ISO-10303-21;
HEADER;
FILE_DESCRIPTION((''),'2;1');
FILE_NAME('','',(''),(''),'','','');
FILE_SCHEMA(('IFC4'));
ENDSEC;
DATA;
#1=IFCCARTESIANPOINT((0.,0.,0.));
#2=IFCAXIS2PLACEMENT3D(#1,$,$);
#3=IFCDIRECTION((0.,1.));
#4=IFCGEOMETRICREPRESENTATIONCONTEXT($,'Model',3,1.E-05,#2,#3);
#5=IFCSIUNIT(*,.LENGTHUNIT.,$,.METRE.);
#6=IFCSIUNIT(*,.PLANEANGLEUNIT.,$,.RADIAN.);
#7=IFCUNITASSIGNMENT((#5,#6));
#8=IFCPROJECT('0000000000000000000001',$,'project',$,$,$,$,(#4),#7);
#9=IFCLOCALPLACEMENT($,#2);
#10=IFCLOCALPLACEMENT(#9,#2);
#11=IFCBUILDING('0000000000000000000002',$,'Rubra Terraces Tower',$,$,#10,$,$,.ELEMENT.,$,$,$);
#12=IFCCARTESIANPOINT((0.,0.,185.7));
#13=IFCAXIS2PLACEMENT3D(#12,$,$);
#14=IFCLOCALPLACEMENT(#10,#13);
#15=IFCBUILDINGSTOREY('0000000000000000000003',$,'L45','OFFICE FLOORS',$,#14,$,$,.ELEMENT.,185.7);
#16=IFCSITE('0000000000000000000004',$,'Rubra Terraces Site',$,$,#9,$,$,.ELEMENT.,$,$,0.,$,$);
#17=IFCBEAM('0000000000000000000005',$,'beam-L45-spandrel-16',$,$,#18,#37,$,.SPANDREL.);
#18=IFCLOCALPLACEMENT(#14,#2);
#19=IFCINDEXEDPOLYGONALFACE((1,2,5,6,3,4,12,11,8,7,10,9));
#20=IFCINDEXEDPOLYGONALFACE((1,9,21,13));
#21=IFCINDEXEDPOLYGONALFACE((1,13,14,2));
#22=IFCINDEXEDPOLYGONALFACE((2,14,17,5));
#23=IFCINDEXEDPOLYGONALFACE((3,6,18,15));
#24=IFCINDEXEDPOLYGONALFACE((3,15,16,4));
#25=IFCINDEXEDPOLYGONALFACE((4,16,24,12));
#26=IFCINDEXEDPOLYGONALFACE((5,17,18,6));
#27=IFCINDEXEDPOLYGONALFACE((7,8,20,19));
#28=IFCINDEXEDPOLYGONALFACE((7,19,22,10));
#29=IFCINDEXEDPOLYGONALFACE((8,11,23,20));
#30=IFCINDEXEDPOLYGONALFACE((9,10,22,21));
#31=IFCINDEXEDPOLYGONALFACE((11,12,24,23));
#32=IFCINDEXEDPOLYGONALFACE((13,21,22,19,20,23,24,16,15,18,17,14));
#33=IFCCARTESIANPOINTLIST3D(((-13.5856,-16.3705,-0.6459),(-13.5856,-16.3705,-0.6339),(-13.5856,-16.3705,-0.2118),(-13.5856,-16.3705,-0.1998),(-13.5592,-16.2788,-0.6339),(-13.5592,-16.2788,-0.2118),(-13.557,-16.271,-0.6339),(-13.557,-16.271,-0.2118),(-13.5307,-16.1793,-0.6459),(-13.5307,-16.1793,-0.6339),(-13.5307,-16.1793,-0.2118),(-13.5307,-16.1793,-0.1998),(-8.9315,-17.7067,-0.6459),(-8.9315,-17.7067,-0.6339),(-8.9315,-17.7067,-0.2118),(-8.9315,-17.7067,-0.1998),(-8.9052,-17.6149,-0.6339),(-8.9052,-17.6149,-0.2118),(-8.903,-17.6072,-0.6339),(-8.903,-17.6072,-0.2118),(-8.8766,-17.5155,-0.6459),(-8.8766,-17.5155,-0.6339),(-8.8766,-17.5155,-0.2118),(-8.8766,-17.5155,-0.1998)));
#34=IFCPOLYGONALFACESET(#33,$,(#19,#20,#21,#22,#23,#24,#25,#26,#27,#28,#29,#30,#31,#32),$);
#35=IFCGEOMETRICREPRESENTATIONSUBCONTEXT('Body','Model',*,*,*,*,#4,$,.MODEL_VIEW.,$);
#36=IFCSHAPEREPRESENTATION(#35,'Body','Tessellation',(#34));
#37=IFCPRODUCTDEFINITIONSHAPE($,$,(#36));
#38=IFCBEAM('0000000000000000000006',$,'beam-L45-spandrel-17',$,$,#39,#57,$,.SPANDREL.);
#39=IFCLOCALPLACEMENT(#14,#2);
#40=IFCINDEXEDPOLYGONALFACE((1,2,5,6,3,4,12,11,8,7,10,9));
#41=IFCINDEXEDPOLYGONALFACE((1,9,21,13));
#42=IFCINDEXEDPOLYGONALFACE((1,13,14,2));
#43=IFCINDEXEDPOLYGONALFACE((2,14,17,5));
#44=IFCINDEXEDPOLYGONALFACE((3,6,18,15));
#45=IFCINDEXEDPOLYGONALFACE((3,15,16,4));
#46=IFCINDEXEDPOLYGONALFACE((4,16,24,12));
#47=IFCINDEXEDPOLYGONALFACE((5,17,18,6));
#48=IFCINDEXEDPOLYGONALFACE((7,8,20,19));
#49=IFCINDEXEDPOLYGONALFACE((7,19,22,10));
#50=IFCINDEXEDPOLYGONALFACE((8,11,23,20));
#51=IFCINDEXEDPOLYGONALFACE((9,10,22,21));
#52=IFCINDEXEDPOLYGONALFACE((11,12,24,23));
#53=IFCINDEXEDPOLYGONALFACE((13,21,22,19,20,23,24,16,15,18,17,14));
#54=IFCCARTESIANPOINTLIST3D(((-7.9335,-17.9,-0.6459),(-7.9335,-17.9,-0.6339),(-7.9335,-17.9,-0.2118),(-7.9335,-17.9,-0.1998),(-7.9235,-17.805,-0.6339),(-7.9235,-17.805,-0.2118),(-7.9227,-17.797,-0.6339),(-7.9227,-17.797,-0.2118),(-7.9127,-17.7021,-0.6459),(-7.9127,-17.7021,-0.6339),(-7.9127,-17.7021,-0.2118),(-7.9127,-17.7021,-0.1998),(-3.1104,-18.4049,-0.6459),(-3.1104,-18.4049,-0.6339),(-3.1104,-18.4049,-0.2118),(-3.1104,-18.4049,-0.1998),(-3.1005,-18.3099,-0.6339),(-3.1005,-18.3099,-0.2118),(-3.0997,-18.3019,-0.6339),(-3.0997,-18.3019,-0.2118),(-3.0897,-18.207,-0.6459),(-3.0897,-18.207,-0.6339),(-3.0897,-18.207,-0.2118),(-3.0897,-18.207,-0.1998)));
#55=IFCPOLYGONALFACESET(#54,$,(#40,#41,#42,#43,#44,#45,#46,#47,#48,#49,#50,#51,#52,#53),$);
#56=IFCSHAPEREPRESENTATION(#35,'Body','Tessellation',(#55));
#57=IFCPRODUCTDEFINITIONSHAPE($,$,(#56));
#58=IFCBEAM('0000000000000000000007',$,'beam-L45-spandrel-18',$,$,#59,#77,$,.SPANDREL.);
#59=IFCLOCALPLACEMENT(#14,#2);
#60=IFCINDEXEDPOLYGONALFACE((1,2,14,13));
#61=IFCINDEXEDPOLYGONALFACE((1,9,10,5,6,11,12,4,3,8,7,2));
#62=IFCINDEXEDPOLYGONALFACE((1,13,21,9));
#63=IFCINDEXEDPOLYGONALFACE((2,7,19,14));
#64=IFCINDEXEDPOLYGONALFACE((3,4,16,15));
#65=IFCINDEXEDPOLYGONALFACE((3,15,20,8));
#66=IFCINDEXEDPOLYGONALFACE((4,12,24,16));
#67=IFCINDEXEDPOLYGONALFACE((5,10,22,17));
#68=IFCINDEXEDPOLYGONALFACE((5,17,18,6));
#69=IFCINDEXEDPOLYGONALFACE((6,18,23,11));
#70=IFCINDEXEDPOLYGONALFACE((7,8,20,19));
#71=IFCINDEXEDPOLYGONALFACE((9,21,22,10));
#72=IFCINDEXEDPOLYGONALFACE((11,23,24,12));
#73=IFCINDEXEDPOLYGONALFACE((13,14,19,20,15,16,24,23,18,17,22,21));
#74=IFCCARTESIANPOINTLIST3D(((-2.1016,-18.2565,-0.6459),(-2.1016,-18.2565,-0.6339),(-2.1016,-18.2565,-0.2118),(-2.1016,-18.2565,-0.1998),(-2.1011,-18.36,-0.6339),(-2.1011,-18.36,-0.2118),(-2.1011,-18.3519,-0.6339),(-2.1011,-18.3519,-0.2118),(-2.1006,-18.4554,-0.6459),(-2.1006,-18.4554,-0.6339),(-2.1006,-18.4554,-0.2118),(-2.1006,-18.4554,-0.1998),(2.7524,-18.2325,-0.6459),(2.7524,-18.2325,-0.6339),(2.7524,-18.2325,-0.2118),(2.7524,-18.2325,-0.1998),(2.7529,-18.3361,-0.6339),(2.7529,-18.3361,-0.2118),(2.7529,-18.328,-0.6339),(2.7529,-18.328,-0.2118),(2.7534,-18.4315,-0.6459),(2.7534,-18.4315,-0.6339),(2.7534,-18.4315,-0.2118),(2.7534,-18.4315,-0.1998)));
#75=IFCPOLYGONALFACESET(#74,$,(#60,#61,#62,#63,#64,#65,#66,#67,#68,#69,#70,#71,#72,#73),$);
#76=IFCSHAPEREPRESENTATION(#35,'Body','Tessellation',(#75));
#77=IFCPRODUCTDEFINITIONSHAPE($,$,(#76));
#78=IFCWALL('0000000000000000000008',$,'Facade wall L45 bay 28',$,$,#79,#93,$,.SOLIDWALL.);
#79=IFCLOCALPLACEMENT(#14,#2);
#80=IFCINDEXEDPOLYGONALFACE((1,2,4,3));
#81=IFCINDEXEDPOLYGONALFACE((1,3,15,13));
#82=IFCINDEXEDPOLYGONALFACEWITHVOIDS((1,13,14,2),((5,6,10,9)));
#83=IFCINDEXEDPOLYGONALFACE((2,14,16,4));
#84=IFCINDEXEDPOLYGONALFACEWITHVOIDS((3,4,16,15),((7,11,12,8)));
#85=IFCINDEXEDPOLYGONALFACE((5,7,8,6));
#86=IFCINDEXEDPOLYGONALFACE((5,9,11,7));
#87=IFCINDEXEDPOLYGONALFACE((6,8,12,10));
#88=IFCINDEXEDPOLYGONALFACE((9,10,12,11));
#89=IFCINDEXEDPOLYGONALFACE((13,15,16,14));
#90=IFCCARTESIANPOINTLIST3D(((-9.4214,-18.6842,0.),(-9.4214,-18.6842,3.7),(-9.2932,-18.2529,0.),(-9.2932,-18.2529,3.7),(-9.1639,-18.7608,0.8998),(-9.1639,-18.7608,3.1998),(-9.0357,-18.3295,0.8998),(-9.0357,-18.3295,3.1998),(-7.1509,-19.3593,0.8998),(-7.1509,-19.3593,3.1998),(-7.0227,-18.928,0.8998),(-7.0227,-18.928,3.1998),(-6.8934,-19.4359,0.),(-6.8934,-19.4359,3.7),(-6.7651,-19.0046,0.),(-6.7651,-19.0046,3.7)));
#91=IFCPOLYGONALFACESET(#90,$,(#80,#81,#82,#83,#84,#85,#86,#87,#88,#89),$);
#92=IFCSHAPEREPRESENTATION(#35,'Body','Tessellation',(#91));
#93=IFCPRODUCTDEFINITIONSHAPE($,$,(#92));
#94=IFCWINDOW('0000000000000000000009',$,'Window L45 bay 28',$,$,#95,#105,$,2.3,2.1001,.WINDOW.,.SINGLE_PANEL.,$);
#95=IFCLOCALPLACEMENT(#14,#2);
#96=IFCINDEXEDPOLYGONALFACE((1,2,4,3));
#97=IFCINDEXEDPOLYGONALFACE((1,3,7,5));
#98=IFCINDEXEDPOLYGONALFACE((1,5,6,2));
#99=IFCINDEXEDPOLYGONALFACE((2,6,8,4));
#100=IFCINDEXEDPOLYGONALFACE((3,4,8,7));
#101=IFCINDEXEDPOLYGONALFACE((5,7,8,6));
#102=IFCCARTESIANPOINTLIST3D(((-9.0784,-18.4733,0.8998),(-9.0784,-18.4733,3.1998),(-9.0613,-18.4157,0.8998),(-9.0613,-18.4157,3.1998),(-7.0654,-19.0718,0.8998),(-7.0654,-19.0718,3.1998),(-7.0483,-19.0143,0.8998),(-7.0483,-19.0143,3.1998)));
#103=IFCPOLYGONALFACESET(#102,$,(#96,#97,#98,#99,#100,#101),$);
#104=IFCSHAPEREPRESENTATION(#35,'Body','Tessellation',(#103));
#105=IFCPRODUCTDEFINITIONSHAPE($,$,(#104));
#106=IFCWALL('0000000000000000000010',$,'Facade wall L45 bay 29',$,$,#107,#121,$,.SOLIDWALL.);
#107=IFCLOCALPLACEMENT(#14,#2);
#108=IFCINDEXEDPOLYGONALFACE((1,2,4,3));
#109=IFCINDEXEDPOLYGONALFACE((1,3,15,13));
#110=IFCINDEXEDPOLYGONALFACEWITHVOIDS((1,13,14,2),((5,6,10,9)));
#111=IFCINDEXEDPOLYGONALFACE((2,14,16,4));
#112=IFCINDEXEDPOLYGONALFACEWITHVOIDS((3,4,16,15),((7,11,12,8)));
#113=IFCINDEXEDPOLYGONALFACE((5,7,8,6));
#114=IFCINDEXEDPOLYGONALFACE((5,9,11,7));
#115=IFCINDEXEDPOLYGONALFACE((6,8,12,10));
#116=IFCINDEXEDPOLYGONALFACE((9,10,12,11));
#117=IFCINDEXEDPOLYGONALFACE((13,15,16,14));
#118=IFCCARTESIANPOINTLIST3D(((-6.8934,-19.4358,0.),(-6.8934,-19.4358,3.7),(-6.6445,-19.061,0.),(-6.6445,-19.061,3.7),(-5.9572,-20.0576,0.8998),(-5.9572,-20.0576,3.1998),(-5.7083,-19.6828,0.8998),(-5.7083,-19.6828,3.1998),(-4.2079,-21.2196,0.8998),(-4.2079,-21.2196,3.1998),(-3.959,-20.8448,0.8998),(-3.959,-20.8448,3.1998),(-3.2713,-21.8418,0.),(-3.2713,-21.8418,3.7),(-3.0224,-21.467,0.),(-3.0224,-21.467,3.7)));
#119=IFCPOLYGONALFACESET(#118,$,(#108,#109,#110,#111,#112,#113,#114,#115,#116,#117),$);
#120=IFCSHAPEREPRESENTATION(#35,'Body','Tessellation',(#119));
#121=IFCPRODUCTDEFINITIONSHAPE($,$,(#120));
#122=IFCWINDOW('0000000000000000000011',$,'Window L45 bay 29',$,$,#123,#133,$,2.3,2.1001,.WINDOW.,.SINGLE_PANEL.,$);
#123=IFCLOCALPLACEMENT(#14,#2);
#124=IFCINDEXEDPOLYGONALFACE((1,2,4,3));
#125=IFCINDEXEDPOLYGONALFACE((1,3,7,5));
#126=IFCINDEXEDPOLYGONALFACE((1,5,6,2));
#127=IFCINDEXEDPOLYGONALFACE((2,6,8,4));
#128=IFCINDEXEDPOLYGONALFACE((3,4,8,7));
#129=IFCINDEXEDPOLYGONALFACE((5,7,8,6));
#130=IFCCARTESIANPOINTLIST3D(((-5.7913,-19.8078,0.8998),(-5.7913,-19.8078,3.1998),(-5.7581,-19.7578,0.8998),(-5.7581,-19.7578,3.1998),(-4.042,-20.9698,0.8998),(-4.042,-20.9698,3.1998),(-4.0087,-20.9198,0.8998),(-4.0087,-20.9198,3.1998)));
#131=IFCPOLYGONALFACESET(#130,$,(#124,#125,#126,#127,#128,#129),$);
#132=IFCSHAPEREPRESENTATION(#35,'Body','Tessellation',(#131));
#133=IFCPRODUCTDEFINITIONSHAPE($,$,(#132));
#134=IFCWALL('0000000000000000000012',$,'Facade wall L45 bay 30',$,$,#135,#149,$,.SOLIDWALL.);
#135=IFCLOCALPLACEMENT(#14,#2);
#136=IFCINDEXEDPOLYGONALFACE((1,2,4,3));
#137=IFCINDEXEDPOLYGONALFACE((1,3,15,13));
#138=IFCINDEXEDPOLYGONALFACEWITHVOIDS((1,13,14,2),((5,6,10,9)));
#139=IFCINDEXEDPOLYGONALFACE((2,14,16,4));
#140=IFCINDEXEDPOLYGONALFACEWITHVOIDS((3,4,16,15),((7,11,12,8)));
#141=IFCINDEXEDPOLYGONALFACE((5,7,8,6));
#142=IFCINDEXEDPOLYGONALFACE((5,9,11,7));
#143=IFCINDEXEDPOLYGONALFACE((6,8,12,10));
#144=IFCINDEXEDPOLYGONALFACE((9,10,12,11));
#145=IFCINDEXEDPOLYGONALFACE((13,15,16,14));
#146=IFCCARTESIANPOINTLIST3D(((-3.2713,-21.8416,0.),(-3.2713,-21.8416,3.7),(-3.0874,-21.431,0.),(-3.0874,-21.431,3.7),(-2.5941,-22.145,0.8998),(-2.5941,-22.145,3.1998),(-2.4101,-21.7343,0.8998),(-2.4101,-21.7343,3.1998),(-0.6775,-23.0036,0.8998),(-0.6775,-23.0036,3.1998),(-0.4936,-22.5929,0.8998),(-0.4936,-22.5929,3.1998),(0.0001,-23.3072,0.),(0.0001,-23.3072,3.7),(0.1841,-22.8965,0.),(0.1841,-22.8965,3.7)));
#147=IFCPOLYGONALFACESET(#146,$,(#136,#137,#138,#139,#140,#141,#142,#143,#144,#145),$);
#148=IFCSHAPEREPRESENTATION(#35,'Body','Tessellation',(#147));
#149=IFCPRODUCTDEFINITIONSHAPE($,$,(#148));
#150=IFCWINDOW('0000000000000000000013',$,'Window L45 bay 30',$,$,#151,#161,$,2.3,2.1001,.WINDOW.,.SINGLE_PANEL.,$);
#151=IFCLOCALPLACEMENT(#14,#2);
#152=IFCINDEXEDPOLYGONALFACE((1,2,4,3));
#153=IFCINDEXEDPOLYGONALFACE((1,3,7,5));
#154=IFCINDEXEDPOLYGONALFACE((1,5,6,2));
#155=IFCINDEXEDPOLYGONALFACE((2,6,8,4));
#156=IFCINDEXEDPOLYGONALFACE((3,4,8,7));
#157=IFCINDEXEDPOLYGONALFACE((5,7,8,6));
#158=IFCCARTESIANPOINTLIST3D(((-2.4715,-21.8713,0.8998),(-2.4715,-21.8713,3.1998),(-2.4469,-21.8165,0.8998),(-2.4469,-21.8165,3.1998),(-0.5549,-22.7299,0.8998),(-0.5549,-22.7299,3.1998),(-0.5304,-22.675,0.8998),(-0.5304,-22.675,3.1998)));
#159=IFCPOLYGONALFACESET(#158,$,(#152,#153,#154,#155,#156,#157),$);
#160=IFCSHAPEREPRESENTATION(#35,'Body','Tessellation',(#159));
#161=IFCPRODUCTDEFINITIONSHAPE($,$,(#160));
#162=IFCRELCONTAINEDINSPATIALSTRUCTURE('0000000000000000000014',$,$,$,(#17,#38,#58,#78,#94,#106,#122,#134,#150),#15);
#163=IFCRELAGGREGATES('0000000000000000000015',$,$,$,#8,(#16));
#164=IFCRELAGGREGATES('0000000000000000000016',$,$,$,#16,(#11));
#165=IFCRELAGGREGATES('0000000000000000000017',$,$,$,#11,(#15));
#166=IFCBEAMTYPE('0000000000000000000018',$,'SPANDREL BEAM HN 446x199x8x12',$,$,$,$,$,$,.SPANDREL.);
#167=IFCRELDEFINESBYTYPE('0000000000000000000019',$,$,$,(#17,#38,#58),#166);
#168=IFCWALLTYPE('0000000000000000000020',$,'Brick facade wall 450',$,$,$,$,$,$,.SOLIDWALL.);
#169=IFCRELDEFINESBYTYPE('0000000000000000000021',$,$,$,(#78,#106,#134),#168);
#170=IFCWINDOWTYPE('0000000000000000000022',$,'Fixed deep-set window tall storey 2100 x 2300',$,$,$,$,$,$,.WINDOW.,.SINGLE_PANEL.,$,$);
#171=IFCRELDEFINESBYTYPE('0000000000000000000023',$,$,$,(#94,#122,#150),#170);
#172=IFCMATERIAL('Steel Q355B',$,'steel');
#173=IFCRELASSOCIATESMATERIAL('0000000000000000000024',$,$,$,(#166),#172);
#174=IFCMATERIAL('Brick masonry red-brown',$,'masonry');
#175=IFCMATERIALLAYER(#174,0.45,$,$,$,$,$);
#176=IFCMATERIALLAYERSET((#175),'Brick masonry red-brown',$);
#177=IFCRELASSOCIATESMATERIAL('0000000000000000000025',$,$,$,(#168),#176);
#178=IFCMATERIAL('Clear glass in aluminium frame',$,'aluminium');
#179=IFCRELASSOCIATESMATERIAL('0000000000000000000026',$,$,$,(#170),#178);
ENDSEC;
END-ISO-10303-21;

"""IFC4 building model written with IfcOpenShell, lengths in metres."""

from ifc_helpers import new_model, si_unit, direction, frame, frame_2d, origin, origin_2d, place, context, subcontext, project, spatial, rectangle, i_section, extrude, material, layer, layer_set, material_profile, profile_set, type_object, element, fill, save


model = new_model("IFC4")

# Units and contexts
model_context = context("Model", 3, precision=1e-05, world=origin(), true_north=direction((0.0, 1.0)))
body_context = subcontext(model_context, "Body", "Model", "MODEL_VIEW")
ifc_project = project(units=[si_unit("LENGTHUNIT", "METRE"), si_unit("PLANEANGLEUNIT", "RADIAN")], contexts=[model_context])

# Site, building, storey
site_placement = place(None, origin())
site = spatial("IfcSite", under=ifc_project, at=site_placement, Name="Rubra Terraces Site", CompositionType="ELEMENT", RefElevation=0.0)
building_placement = place(site_placement, origin())
building = spatial("IfcBuilding", under=site, at=building_placement, Name="Rubra Terraces Tower", CompositionType="ELEMENT")
storey_placement = place(building_placement, frame((0.0, 0.0, 185.7)))
storey = spatial("IfcBuildingStorey", under=building, at=storey_placement, Name="L45", Description="OFFICE FLOORS", CompositionType="ELEMENT", Elevation=185.7)

# Beams
ifc_material_1 = material(Name="Steel Q355B", Category="steel")
ifc_material_profile_1 = material_profile(ifc_material_1, i_section(OverallWidth=0.199, OverallDepth=0.446, WebThickness=0.0081, FlangeThickness=0.012, at=origin_2d()), Name="HN 446x199x8x12")
ifc_profile_set_1 = profile_set([ifc_material_profile_1], Name="Steel Q355B")
beam_type_1 = type_object("IfcBeamType", Name="SPANDREL BEAM HN 446x199x8x12", PredefinedType="SPANDREL", material=ifc_profile_set_1)
beam_1_placement = place(storey_placement, frame((-13.5581, -16.2749, -0.4229), z_axis=(0.961171, -0.275953, 0.0), x_axis=(0.275953, 0.961171, 0.0)))
element("IfcBeam", 1, at=beam_1_placement, inside=storey, type_object=beam_type_1, Name="beam-L45-spandrel-16", PredefinedType="SPANDREL", context=body_context, shape_type="SweptSolid", body=[
    extrude(i_section(OverallWidth=0.199, OverallDepth=0.446, WebThickness=0.0081, FlangeThickness=0.012, at=origin_2d()), origin(), (0.0, 0.0, 1.0), 4.842),
])
beam_2_placement = place(storey_placement, frame((-7.9231, -17.801, -0.4229), z_axis=(0.994565, -0.104113, 0.0), x_axis=(0.104113, 0.994565, 0.0)))
element("IfcBeam", 2, at=beam_2_placement, inside=storey, type_object=beam_type_1, Name="beam-L45-spandrel-17", PredefinedType="SPANDREL", context=body_context, shape_type="SweptSolid", body=[
    extrude(i_section(OverallWidth=0.199, OverallDepth=0.446, WebThickness=0.0081, FlangeThickness=0.012, at=origin_2d()), origin(), (0.0, 0.0, 1.0), 4.8494),
])
beam_3_placement = place(storey_placement, frame((-2.1011, -18.356, -0.4229), z_axis=(0.999988, 0.004929, 0.0), x_axis=(-0.004929, 0.999988, 0.0)))
element("IfcBeam", 3, at=beam_3_placement, inside=storey, type_object=beam_type_1, Name="beam-L45-spandrel-18", PredefinedType="SPANDREL", context=body_context, shape_type="SweptSolid", body=[
    extrude(i_section(OverallWidth=0.199, OverallDepth=0.446, WebThickness=0.0081, FlangeThickness=0.012, at=origin_2d()), origin(), (0.0, 0.0, 1.0), 4.854),
])

# Walls, openings, windows
ifc_material_2 = material(Name="Brick masonry red-brown", Category="masonry")
ifc_layer_1 = layer(ifc_material_2, 0.45)
ifc_layer_set_1 = layer_set([ifc_layer_1], Name="Brick masonry red-brown")
wall_type_1 = type_object("IfcWallType", Name="Brick facade wall 450", PredefinedType="SOLIDWALL", material=ifc_layer_set_1)
wall_1_placement = place(storey_placement, frame((-9.3574, -18.4685, 0.0), z_axis=(0.0, 0.0, 1.0), x_axis=(0.958524, -0.285012, 0.0)))
wall_1 = element("IfcWall", 4, at=wall_1_placement, inside=storey, type_object=wall_type_1, Name="Facade wall L45 bay 28", PredefinedType="SOLIDWALL", context=body_context, shape_type="SweptSolid", body=[
    extrude(rectangle(XDim=2.6375, YDim=0.45, at=frame_2d((1.3188, 0.0))), origin(), (0.0, 0.0, 1.0), 3.7),
])
opening_1_placement = place(wall_1_placement, frame((0.2688, 0.0, 0.8999)))
opening_1 = element("IfcOpeningElement", 5, at=opening_1_placement, cuts=wall_1, PredefinedType="OPENING", context=body_context, shape_type="SweptSolid", body=[
    extrude(rectangle(XDim=2.1001, YDim=2.3, at=frame_2d((1.05, 1.1499))), frame((0.0, 0.2349, 0.0), z_axis=(0.0, -1.0, 0.0), x_axis=(1.0, 0.0, 0.0)), (0.0, 0.0, 1.0), 0.47),
])
ifc_material_3 = material(Name="Clear glass in aluminium frame", Category="aluminium")
window_type = type_object("IfcWindowType", Name="Fixed deep-set window tall storey 2100 x 2300", PartitioningType="SINGLE_PANEL", PredefinedType="WINDOW", material=ifc_material_3)
window_1_placement = place(opening_1_placement, origin())
window_1 = element("IfcWindow", 6, at=window_1_placement, inside=storey, type_object=window_type, Name="Window L45 bay 28", OverallHeight=2.3, OverallWidth=2.1001, PartitioningType="SINGLE_PANEL", PredefinedType="WINDOW", context=body_context, shape_type="SweptSolid", body=[
    extrude(rectangle(XDim=2.1001, YDim=2.3, at=frame_2d((1.05, 1.1499))), frame((0.0, 0.135, 0.0), z_axis=(0.0, -1.0, 0.0), x_axis=(1.0, 0.0, 0.0)), (0.0, 0.0, 1.0), 0.0601),
])
fill(opening_1, window_1)
wall_2_placement = place(storey_placement, frame((-6.769, -19.2483, 0.0), z_axis=(0.0, 0.0, 1.0), x_axis=(0.832973, -0.553313, 0.0)))
wall_2 = element("IfcWall", 7, at=wall_2_placement, inside=storey, type_object=wall_type_1, Name="Facade wall L45 bay 29", PredefinedType="SOLIDWALL", context=body_context, shape_type="SweptSolid", body=[
    extrude(rectangle(XDim=4.3484, YDim=0.45, at=frame_2d((2.1743, 0.0))), origin(), (0.0, 0.0, 1.0), 3.7),
])
opening_2_placement = place(wall_2_placement, frame((1.124, 0.0, 0.8999)))
opening_2 = element("IfcOpeningElement", 8, at=opening_2_placement, cuts=wall_2, PredefinedType="OPENING", context=body_context, shape_type="SweptSolid", body=[
    extrude(rectangle(XDim=2.1001, YDim=2.3, at=frame_2d((1.05, 1.1499))), frame((0.0, 0.2349, 0.0), z_axis=(0.0, -1.0, 0.0), x_axis=(1.0, 0.0, 0.0)), (0.0, 0.0, 1.0), 0.47),
])
window_2_placement = place(opening_2_placement, origin())
window_2 = element("IfcWindow", 9, at=window_2_placement, inside=storey, type_object=window_type, Name="Window L45 bay 29", OverallHeight=2.3, OverallWidth=2.1001, PartitioningType="SINGLE_PANEL", PredefinedType="WINDOW", context=body_context, shape_type="SweptSolid", body=[
    extrude(rectangle(XDim=2.1001, YDim=2.3, at=frame_2d((1.05, 1.1499))), frame((0.0, 0.135, 0.0), z_axis=(0.0, -1.0, 0.0), x_axis=(1.0, 0.0, 0.0)), (0.0, 0.0, 1.0), 0.0601),
])
fill(opening_2, window_2)
wall_3_placement = place(storey_placement, frame((-3.1794, -21.6362, 0.0), z_axis=(0.0, 0.0, 1.0), x_axis=(0.912608, -0.408835, 0.0)))
wall_3 = element("IfcWall", 10, at=wall_3_placement, inside=storey, type_object=wall_type_1, Name="Facade wall L45 bay 30", PredefinedType="SOLIDWALL", context=body_context, shape_type="SweptSolid", body=[
    extrude(rectangle(XDim=3.5847, YDim=0.45, at=frame_2d((1.7925, 0.0))), origin(), (0.0, 0.0, 1.0), 3.7),
])
opening_3_placement = place(wall_3_placement, frame((0.7422, 0.0, 0.8999)))
opening_3 = element("IfcOpeningElement", 11, at=opening_3_placement, cuts=wall_3, PredefinedType="OPENING", context=body_context, shape_type="SweptSolid", body=[
    extrude(rectangle(XDim=2.1001, YDim=2.3, at=frame_2d((1.05, 1.1499))), frame((0.0, 0.2349, 0.0), z_axis=(0.0, -1.0, 0.0), x_axis=(1.0, 0.0, 0.0)), (0.0, 0.0, 1.0), 0.47),
])
window_3_placement = place(opening_3_placement, origin())
window_3 = element("IfcWindow", 12, at=window_3_placement, inside=storey, type_object=window_type, Name="Window L45 bay 30", OverallHeight=2.3, OverallWidth=2.1001, PartitioningType="SINGLE_PANEL", PredefinedType="WINDOW", context=body_context, shape_type="SweptSolid", body=[
    extrude(rectangle(XDim=2.1001, YDim=2.3, at=frame_2d((1.05, 1.1499))), frame((0.0, 0.135, 0.0), z_axis=(0.0, -1.0, 0.0), x_axis=(1.0, 0.0, 0.0)), (0.0, 0.0, 1.0), 0.0601),
])
fill(opening_3, window_3)

save(model, "model.ifc")
